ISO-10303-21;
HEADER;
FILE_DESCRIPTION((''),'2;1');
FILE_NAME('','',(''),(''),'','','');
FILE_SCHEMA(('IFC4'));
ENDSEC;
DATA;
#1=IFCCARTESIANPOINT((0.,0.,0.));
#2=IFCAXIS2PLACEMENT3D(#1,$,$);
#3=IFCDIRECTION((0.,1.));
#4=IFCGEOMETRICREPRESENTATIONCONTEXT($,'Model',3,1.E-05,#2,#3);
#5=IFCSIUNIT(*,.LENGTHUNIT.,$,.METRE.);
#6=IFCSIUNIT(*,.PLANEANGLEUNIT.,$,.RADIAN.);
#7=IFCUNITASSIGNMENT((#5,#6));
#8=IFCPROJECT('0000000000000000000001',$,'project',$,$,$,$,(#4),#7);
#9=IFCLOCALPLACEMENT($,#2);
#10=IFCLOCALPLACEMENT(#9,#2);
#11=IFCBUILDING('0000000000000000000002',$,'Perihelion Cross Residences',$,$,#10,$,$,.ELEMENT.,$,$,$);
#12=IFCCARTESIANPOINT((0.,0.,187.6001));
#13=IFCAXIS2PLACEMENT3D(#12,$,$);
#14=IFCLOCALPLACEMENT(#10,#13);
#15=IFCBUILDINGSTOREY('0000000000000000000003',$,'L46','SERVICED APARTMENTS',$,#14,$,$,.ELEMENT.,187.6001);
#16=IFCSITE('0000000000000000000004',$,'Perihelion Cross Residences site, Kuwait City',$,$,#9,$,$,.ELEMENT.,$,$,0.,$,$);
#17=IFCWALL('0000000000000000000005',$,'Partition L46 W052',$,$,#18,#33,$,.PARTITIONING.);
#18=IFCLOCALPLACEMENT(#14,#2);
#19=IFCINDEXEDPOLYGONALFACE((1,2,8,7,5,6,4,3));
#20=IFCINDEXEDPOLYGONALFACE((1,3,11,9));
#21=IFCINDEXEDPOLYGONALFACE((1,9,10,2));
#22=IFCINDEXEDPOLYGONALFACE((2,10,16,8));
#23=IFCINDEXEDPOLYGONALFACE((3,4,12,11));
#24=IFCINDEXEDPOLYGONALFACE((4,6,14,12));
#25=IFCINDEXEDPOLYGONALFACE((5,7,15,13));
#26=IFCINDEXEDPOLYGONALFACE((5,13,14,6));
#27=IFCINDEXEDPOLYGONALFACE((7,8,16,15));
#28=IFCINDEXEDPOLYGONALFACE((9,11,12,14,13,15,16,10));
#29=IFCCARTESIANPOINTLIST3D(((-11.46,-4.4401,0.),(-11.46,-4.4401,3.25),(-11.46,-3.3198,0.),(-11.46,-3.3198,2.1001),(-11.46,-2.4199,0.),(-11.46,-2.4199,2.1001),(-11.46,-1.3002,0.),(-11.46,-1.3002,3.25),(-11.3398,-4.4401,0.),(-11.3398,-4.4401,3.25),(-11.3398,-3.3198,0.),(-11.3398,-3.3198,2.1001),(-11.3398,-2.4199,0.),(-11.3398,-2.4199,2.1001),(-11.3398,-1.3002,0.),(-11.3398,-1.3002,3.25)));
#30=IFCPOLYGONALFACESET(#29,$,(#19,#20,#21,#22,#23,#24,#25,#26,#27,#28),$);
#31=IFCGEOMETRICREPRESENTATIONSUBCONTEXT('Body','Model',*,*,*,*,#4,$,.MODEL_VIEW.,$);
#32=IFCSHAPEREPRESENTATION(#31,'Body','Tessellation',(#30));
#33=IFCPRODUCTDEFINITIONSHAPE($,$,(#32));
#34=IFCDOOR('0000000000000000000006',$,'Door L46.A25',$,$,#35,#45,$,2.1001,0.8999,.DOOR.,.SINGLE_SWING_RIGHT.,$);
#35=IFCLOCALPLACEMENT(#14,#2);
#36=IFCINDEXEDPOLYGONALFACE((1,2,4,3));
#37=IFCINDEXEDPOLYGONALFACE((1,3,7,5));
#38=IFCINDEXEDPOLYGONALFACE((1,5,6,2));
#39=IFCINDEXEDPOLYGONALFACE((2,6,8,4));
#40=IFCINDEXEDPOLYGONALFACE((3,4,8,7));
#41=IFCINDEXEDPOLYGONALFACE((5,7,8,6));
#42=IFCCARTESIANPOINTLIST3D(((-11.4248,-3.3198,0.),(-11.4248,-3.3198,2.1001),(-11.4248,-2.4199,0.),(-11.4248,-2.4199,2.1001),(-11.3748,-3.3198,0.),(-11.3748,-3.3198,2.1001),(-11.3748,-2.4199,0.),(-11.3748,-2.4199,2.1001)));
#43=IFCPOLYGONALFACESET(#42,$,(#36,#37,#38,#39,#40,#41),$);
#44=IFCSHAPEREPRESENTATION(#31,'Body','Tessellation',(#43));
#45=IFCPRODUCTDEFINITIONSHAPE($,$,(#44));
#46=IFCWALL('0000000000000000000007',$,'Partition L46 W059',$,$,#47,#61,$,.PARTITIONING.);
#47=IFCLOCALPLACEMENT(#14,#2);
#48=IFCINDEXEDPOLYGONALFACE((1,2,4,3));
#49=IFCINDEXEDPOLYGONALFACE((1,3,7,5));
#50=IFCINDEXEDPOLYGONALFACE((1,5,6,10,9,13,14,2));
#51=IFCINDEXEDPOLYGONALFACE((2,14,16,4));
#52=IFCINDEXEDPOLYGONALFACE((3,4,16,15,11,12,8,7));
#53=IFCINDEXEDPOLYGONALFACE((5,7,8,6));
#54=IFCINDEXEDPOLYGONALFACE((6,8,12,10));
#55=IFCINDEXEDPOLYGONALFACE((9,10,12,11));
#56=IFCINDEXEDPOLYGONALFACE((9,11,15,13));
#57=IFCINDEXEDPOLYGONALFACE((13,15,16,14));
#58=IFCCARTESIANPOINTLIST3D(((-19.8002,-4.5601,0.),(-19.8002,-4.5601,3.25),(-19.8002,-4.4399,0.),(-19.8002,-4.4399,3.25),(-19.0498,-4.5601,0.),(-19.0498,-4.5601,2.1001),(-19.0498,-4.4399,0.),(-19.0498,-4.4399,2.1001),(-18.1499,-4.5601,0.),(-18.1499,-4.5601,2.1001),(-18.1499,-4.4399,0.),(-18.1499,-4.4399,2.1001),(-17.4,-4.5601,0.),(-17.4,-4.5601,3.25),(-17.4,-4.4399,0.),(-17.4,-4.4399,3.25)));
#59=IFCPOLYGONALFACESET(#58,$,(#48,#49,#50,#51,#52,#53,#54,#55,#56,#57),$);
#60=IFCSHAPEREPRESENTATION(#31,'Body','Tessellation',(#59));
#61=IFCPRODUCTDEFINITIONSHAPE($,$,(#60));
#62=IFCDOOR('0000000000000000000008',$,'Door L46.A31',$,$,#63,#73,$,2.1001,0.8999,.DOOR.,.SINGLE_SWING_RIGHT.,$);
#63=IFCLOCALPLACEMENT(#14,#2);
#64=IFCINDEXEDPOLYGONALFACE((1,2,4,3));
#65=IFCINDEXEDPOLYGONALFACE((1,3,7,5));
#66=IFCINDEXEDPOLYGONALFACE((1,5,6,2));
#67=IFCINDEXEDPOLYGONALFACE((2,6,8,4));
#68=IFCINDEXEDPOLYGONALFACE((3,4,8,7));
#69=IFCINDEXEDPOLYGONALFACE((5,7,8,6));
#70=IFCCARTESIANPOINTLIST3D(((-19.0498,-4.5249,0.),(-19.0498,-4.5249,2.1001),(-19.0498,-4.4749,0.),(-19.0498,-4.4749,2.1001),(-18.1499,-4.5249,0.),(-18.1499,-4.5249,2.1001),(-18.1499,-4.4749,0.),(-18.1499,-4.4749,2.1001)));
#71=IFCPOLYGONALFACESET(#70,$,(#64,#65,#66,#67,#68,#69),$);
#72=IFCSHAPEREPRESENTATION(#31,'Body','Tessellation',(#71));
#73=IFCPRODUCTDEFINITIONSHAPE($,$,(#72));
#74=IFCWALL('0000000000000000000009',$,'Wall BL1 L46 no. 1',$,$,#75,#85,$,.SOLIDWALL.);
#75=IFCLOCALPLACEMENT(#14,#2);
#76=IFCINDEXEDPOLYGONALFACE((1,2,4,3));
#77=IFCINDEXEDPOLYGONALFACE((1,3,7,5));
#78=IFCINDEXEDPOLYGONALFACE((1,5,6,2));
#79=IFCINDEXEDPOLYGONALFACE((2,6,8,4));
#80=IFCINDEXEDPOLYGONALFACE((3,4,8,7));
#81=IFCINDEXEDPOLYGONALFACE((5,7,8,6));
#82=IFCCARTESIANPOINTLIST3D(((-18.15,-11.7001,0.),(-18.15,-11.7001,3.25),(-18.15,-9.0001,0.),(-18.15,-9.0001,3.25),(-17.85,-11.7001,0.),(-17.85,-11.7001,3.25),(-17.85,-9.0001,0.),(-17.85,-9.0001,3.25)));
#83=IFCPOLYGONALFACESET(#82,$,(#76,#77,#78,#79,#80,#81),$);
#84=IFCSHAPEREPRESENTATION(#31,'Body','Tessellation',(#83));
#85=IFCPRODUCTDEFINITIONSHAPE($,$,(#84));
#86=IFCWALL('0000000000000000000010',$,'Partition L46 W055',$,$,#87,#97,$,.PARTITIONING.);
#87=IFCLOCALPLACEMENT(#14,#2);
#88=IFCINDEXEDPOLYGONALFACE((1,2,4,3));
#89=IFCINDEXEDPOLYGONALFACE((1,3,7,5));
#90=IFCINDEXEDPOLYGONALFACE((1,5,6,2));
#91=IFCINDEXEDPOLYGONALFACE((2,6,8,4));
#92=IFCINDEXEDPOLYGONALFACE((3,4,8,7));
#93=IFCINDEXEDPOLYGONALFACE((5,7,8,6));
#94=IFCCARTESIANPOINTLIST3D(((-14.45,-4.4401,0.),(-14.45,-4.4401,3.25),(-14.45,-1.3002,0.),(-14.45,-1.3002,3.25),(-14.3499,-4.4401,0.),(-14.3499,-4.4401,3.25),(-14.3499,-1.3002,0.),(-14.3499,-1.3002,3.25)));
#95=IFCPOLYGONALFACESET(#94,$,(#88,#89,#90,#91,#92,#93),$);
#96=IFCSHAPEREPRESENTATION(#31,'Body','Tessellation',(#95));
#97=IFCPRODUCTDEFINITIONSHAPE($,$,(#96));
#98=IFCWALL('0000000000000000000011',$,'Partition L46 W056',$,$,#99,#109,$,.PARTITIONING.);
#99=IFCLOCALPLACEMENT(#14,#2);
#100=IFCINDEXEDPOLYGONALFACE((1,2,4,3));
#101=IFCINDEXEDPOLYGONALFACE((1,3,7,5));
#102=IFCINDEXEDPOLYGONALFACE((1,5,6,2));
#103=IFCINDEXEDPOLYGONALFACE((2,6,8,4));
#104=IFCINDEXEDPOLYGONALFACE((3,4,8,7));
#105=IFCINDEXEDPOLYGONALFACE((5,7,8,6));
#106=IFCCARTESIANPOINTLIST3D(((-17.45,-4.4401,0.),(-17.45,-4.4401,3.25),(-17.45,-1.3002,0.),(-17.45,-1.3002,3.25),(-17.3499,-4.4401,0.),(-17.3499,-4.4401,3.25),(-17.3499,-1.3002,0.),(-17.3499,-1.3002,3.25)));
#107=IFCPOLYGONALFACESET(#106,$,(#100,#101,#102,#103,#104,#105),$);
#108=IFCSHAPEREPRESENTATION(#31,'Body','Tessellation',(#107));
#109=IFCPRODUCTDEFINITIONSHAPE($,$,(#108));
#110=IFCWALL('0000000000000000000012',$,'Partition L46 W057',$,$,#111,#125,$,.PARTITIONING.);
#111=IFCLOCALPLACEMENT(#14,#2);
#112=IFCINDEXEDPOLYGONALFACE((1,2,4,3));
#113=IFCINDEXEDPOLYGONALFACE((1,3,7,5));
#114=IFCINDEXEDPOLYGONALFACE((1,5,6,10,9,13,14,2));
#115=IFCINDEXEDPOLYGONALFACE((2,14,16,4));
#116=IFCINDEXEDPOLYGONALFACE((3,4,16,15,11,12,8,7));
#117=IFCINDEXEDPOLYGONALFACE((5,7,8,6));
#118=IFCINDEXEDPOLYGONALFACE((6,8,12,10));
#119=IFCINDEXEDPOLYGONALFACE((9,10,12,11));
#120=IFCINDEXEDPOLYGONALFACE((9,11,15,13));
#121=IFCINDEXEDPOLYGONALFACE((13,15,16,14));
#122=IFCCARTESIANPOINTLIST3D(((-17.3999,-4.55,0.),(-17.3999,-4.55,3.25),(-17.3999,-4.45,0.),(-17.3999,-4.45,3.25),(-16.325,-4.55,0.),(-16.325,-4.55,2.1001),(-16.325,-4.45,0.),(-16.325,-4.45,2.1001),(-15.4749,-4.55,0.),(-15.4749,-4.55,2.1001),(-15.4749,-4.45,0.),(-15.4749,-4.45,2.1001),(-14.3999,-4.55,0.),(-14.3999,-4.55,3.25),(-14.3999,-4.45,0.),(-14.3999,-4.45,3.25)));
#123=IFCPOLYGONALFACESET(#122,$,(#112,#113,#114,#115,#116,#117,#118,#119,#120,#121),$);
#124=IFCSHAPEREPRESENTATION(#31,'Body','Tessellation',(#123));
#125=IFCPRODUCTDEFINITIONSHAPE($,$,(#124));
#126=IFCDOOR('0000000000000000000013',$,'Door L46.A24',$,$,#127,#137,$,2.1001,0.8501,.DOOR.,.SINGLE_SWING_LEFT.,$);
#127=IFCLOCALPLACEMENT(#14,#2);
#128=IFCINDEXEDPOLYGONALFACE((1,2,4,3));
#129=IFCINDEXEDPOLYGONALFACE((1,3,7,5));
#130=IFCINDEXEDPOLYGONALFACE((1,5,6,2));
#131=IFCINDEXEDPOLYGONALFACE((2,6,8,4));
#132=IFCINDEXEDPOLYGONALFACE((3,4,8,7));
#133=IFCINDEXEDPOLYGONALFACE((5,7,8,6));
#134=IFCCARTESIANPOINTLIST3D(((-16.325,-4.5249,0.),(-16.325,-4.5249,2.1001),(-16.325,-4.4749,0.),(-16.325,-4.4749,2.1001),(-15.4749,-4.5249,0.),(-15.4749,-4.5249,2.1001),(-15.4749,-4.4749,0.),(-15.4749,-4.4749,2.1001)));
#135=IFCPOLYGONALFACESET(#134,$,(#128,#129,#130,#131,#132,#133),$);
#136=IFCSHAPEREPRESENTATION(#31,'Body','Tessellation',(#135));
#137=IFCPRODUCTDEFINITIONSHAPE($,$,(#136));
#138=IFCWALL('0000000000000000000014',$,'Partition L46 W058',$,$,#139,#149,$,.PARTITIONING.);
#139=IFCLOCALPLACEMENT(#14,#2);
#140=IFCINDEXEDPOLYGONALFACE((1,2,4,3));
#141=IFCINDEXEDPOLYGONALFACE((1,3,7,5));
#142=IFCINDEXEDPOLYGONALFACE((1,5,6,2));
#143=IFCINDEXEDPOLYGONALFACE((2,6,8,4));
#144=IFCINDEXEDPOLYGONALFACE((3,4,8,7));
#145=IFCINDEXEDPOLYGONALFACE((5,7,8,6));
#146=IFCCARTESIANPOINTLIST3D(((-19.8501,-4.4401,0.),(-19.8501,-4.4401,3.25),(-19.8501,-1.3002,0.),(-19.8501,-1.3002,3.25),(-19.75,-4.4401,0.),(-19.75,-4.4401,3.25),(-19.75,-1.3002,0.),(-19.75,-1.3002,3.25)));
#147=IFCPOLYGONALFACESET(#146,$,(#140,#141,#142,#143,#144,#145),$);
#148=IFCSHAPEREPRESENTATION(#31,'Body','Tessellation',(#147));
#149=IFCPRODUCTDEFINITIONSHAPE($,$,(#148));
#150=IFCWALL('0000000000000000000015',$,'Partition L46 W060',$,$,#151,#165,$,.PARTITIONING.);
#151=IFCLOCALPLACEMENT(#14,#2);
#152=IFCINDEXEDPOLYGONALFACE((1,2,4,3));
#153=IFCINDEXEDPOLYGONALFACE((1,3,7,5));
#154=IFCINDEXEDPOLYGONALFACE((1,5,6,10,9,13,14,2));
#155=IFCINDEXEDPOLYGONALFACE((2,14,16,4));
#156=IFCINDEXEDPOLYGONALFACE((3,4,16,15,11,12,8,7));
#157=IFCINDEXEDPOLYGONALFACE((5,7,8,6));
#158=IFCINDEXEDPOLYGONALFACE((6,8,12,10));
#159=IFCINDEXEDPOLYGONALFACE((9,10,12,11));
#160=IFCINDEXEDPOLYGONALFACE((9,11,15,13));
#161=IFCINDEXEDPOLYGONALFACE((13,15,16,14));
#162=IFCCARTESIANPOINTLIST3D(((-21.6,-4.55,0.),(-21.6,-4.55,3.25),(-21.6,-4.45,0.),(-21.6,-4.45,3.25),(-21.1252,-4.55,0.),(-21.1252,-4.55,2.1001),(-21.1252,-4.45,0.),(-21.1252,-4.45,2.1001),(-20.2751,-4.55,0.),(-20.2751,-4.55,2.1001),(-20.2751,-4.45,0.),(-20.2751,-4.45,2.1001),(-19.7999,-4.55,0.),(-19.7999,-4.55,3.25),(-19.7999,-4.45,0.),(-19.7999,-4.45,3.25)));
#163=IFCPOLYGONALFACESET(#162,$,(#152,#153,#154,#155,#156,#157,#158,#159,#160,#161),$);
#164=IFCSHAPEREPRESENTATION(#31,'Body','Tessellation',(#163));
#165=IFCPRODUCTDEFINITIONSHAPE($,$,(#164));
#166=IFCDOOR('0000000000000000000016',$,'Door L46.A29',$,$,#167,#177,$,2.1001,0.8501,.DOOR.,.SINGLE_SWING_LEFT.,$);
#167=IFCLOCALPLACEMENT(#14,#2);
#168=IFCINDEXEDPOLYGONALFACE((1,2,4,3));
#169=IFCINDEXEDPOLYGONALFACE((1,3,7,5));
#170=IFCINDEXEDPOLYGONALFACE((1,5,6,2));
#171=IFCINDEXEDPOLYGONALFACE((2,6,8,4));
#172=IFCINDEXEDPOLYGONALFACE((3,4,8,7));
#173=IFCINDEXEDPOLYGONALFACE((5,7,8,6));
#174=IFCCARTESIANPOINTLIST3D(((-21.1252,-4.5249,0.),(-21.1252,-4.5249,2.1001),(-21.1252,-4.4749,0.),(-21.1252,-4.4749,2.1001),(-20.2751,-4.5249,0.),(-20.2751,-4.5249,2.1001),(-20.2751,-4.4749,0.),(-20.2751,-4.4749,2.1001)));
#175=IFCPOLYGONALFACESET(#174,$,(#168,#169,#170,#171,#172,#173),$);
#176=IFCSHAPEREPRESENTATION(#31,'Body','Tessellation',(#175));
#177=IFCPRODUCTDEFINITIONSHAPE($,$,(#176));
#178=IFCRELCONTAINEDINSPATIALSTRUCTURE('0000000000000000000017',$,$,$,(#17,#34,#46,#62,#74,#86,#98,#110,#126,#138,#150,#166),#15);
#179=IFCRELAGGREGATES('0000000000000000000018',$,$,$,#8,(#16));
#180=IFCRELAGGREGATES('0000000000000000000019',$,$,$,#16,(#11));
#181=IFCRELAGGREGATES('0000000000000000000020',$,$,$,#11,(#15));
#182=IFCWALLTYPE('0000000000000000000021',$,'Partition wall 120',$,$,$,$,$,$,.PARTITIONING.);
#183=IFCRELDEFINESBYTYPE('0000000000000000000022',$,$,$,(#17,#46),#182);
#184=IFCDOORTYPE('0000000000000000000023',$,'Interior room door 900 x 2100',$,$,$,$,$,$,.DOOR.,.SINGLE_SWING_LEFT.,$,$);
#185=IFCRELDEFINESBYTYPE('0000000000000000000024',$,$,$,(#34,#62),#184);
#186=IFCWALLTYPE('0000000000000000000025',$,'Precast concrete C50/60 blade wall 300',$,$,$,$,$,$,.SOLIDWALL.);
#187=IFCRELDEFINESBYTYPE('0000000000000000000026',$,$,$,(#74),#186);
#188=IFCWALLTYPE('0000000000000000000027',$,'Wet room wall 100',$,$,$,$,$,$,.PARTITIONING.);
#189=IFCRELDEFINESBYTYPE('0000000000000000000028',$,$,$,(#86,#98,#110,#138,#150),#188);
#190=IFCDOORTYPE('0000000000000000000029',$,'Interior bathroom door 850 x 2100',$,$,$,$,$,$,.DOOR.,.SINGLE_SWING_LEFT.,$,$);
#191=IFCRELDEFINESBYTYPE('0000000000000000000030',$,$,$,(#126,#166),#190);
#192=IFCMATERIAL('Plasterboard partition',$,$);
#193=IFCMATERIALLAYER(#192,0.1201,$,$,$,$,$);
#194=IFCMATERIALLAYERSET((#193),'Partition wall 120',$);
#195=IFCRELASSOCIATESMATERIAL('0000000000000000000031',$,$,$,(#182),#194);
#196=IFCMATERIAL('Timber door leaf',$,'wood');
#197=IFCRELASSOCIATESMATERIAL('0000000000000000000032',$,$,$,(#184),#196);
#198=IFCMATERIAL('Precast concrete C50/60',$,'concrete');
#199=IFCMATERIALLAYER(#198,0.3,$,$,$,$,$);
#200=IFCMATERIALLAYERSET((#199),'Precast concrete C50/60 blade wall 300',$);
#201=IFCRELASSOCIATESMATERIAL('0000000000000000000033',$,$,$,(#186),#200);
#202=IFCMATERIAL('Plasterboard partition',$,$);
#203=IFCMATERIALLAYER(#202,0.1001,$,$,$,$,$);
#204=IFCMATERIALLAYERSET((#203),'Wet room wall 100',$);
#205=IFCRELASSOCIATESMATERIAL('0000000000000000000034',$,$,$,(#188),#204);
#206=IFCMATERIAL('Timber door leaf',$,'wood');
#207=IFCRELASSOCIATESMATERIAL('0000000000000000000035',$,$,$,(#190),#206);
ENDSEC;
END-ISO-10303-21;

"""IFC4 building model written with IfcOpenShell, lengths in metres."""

from ifc_helpers import new_model, si_unit, direction, frame, frame_2d, origin, place, context, subcontext, project, spatial, rectangle, extrude, material, layer, layer_set, type_object, element, fill, save


model = new_model("IFC4")

# Units and contexts
model_context = context("Model", 3, precision=1e-05, world=origin(), true_north=direction((0.0, 1.0)))
body_context = subcontext(model_context, "Body", "Model", "MODEL_VIEW")
ifc_project = project(units=[si_unit("LENGTHUNIT", "METRE"), si_unit("PLANEANGLEUNIT", "RADIAN")], contexts=[model_context])

# Site, building, storey
site_placement = place(None, origin())
site = spatial("IfcSite", under=ifc_project, at=site_placement, Name="Perihelion Cross Residences site, Kuwait City", CompositionType="ELEMENT", RefElevation=0.0)
building_placement = place(site_placement, origin())
building = spatial("IfcBuilding", under=site, at=building_placement, Name="Perihelion Cross Residences", CompositionType="ELEMENT")
storey_placement = place(building_placement, frame((0.0, 0.0, 187.6001)))
storey = spatial("IfcBuildingStorey", under=building, at=storey_placement, Name="L46", Description="SERVICED APARTMENTS", CompositionType="ELEMENT", Elevation=187.6001)

# Walls, openings, doors
ifc_material_1 = material(Name="Plasterboard partition")
ifc_layer_1 = layer(ifc_material_1, 0.1201)
ifc_layer_set_1 = layer_set([ifc_layer_1], Name="Partition wall 120")
wall_type_1 = type_object("IfcWallType", Name="Partition wall 120", PredefinedType="PARTITIONING", material=ifc_layer_set_1)
wall_1_placement = place(storey_placement, frame((-11.3999, -4.4399, 0.0), z_axis=(0.0, 0.0, 1.0), x_axis=(0.0, 1.0, 0.0)))
wall_1 = element("IfcWall", 1, at=wall_1_placement, inside=storey, type_object=wall_type_1, Name="Partition L46 W052", PredefinedType="PARTITIONING", context=body_context, shape_type="SweptSolid", body=[
    extrude(rectangle(XDim=3.1399, YDim=0.1201, at=frame_2d((1.5698, 0.0))), origin(), (0.0, 0.0, 1.0), 3.25),
])
opening_1_placement = place(wall_1_placement, frame((1.1201, 0.0, 0.0)))
opening_1 = element("IfcOpeningElement", 2, at=opening_1_placement, cuts=wall_1, PredefinedType="OPENING", context=body_context, shape_type="SweptSolid", body=[
    extrude(rectangle(XDim=0.8999, YDim=2.1001, at=frame_2d((0.45, 1.05))), frame((0.0, 0.0701, 0.0), z_axis=(0.0, -1.0, 0.0), x_axis=(1.0, 0.0, 0.0)), (0.0, 0.0, 1.0), 0.1401),
])
ifc_material_2 = material(Name="Timber door leaf", Category="wood")
door_type_1 = type_object("IfcDoorType", Name="Interior room door 900 x 2100", OperationType="SINGLE_SWING_LEFT", PredefinedType="DOOR", material=ifc_material_2)
door_1_placement = place(opening_1_placement, origin())
door_1 = element("IfcDoor", 3, at=door_1_placement, inside=storey, type_object=door_type_1, Name="Door L46.A25", OperationType="SINGLE_SWING_RIGHT", OverallHeight=2.1001, OverallWidth=0.8999, PredefinedType="DOOR", context=body_context, shape_type="SweptSolid", body=[
    extrude(rectangle(XDim=0.8999, YDim=2.1001, at=frame_2d((0.45, 1.05))), frame((0.0, 0.0249, 0.0), z_axis=(0.0, -1.0, 0.0), x_axis=(1.0, 0.0, 0.0)), (0.0, 0.0, 1.0), 0.05),
])
fill(opening_1, door_1)
wall_2_placement = place(storey_placement, frame((-17.3999, -4.5, 0.0), z_axis=(0.0, 0.0, 1.0), x_axis=(-1.0, 0.0, 0.0)))
wall_2 = element("IfcWall", 4, at=wall_2_placement, inside=storey, type_object=wall_type_1, Name="Partition L46 W059", PredefinedType="PARTITIONING", context=body_context, shape_type="SweptSolid", body=[
    extrude(rectangle(XDim=2.4001, YDim=0.1201, at=frame_2d((1.2002, 0.0))), origin(), (0.0, 0.0, 1.0), 3.25),
])
opening_2_placement = place(wall_2_placement, frame((0.75, 0.0, 0.0)))
opening_2 = element("IfcOpeningElement", 5, at=opening_2_placement, cuts=wall_2, PredefinedType="OPENING", context=body_context, shape_type="SweptSolid", body=[
    extrude(rectangle(XDim=0.8999, YDim=2.1001, at=frame_2d((0.45, 1.05))), frame((0.0, 0.0701, 0.0), z_axis=(0.0, -1.0, 0.0), x_axis=(1.0, 0.0, 0.0)), (0.0, 0.0, 1.0), 0.1401),
])
door_2_placement = place(opening_2_placement, origin())
door_2 = element("IfcDoor", 6, at=door_2_placement, inside=storey, type_object=door_type_1, Name="Door L46.A31", OperationType="SINGLE_SWING_RIGHT", OverallHeight=2.1001, OverallWidth=0.8999, PredefinedType="DOOR", context=body_context, shape_type="SweptSolid", body=[
    extrude(rectangle(XDim=0.8999, YDim=2.1001, at=frame_2d((0.45, 1.05))), frame((0.0, 0.0249, 0.0), z_axis=(0.0, -1.0, 0.0), x_axis=(1.0, 0.0, 0.0)), (0.0, 0.0, 1.0), 0.05),
])
fill(opening_2, door_2)

# Walls
ifc_material_3 = material(Name="Precast concrete C50/60", Category="concrete")
ifc_layer_2 = layer(ifc_material_3, 0.3)
ifc_layer_set_2 = layer_set([ifc_layer_2], Name="Precast concrete C50/60 blade wall 300")
wall_type_2 = type_object("IfcWallType", Name="Precast concrete C50/60 blade wall 300", PredefinedType="SOLIDWALL", material=ifc_layer_set_2)
wall_3_placement = place(storey_placement, frame((-18.0, -9.0, 0.0), z_axis=(0.0, 0.0, 1.0), x_axis=(0.0, -1.0, 0.0)))
element("IfcWall", 7, at=wall_3_placement, inside=storey, type_object=wall_type_2, Name="Wall BL1 L46 no. 1", PredefinedType="SOLIDWALL", context=body_context, shape_type="SweptSolid", body=[
    extrude(rectangle(XDim=2.7, YDim=0.3, at=frame_2d((1.3501, 0.0))), origin(), (0.0, 0.0, 1.0), 3.25),
])
ifc_material_4 = material(Name="Plasterboard partition")
ifc_layer_3 = layer(ifc_material_4, 0.1001)
ifc_layer_set_3 = layer_set([ifc_layer_3], Name="Wet room wall 100")
wall_type_3 = type_object("IfcWallType", Name="Wet room wall 100", PredefinedType="PARTITIONING", material=ifc_layer_set_3)
for number, where, z_axis, x_axis, name in (
    (8, (-14.3999, -4.4399, 0.0), (0.0, 0.0, 1.0), (0.0, 1.0, 0.0), "Partition L46 W055"),
    (9, (-17.3999, -4.4399, 0.0), (0.0, 0.0, 1.0), (0.0, 1.0, 0.0), "Partition L46 W056"),
):
    element("IfcWall", number, at=place(storey_placement, frame(where, z_axis=z_axis, x_axis=x_axis)), inside=storey, type_object=wall_type_3, Name=name, PredefinedType="PARTITIONING", context=body_context, shape_type="SweptSolid", body=[
        extrude(rectangle(XDim=3.1399, YDim=0.1001, at=frame_2d((1.5698, 0.0))), origin(), (0.0, 0.0, 1.0), 3.25),
    ])

# Wall, opening, door
wall_4_placement = place(storey_placement, frame((-14.3999, -4.5, 0.0), z_axis=(0.0, 0.0, 1.0), x_axis=(-1.0, 0.0, 0.0)))
wall_4 = element("IfcWall", 10, at=wall_4_placement, inside=storey, type_object=wall_type_3, Name="Partition L46 W057", PredefinedType="PARTITIONING", context=body_context, shape_type="SweptSolid", body=[
    extrude(rectangle(XDim=3.0, YDim=0.1001, at=frame_2d((1.5, 0.0))), origin(), (0.0, 0.0, 1.0), 3.25),
])
opening_3_placement = place(wall_4_placement, frame((1.075, 0.0, 0.0)))
opening_3 = element("IfcOpeningElement", 11, at=opening_3_placement, cuts=wall_4, PredefinedType="OPENING", context=body_context, shape_type="SweptSolid", body=[
    extrude(rectangle(XDim=0.8501, YDim=2.1001, at=frame_2d((0.425, 1.05))), frame((0.0, 0.0601, 0.0), z_axis=(0.0, -1.0, 0.0), x_axis=(1.0, 0.0, 0.0)), (0.0, 0.0, 1.0), 0.1201),
])
ifc_material_5 = material(Name="Timber door leaf", Category="wood")
door_type_2 = type_object("IfcDoorType", Name="Interior bathroom door 850 x 2100", OperationType="SINGLE_SWING_LEFT", PredefinedType="DOOR", material=ifc_material_5)
door_3_placement = place(opening_3_placement, origin())
door_3 = element("IfcDoor", 12, at=door_3_placement, inside=storey, type_object=door_type_2, Name="Door L46.A24", OperationType="SINGLE_SWING_LEFT", OverallHeight=2.1001, OverallWidth=0.8501, PredefinedType="DOOR", context=body_context, shape_type="SweptSolid", body=[
    extrude(rectangle(XDim=0.8501, YDim=2.1001, at=frame_2d((0.425, 1.05))), frame((0.0, 0.0249, 0.0), z_axis=(0.0, -1.0, 0.0), x_axis=(1.0, 0.0, 0.0)), (0.0, 0.0, 1.0), 0.05),
])
fill(opening_3, door_3)

# Wall
wall_5_placement = place(storey_placement, frame((-19.8, -4.4399, 0.0), z_axis=(0.0, 0.0, 1.0), x_axis=(0.0, 1.0, 0.0)))
element("IfcWall", 13, at=wall_5_placement, inside=storey, type_object=wall_type_3, Name="Partition L46 W058", PredefinedType="PARTITIONING", context=body_context, shape_type="SweptSolid", body=[
    extrude(rectangle(XDim=3.1399, YDim=0.1001, at=frame_2d((1.5698, 0.0))), origin(), (0.0, 0.0, 1.0), 3.25),
])

# Wall, opening, door
wall_6_placement = place(storey_placement, frame((-19.8, -4.5, 0.0), z_axis=(0.0, 0.0, 1.0), x_axis=(-1.0, 0.0, 0.0)))
wall_6 = element("IfcWall", 14, at=wall_6_placement, inside=storey, type_object=wall_type_3, Name="Partition L46 W060", PredefinedType="PARTITIONING", context=body_context, shape_type="SweptSolid", body=[
    extrude(rectangle(XDim=1.8, YDim=0.1001, at=frame_2d((0.8999, 0.0))), origin(), (0.0, 0.0, 1.0), 3.25),
])
opening_4_placement = place(wall_6_placement, frame((0.4751, 0.0, 0.0)))
opening_4 = element("IfcOpeningElement", 15, at=opening_4_placement, cuts=wall_6, PredefinedType="OPENING", context=body_context, shape_type="SweptSolid", body=[
    extrude(rectangle(XDim=0.8501, YDim=2.1001, at=frame_2d((0.425, 1.05))), frame((0.0, 0.0601, 0.0), z_axis=(0.0, -1.0, 0.0), x_axis=(1.0, 0.0, 0.0)), (0.0, 0.0, 1.0), 0.1201),
])
door_4_placement = place(opening_4_placement, origin())
door_4 = element("IfcDoor", 16, at=door_4_placement, inside=storey, type_object=door_type_2, Name="Door L46.A29", OperationType="SINGLE_SWING_LEFT", OverallHeight=2.1001, OverallWidth=0.8501, PredefinedType="DOOR", context=body_context, shape_type="SweptSolid", body=[
    extrude(rectangle(XDim=0.8501, YDim=2.1001, at=frame_2d((0.425, 1.05))), frame((0.0, 0.0249, 0.0), z_axis=(0.0, -1.0, 0.0), x_axis=(1.0, 0.0, 0.0)), (0.0, 0.0, 1.0), 0.05),
])
fill(opening_4, door_4)

save(model, "model.ifc")
